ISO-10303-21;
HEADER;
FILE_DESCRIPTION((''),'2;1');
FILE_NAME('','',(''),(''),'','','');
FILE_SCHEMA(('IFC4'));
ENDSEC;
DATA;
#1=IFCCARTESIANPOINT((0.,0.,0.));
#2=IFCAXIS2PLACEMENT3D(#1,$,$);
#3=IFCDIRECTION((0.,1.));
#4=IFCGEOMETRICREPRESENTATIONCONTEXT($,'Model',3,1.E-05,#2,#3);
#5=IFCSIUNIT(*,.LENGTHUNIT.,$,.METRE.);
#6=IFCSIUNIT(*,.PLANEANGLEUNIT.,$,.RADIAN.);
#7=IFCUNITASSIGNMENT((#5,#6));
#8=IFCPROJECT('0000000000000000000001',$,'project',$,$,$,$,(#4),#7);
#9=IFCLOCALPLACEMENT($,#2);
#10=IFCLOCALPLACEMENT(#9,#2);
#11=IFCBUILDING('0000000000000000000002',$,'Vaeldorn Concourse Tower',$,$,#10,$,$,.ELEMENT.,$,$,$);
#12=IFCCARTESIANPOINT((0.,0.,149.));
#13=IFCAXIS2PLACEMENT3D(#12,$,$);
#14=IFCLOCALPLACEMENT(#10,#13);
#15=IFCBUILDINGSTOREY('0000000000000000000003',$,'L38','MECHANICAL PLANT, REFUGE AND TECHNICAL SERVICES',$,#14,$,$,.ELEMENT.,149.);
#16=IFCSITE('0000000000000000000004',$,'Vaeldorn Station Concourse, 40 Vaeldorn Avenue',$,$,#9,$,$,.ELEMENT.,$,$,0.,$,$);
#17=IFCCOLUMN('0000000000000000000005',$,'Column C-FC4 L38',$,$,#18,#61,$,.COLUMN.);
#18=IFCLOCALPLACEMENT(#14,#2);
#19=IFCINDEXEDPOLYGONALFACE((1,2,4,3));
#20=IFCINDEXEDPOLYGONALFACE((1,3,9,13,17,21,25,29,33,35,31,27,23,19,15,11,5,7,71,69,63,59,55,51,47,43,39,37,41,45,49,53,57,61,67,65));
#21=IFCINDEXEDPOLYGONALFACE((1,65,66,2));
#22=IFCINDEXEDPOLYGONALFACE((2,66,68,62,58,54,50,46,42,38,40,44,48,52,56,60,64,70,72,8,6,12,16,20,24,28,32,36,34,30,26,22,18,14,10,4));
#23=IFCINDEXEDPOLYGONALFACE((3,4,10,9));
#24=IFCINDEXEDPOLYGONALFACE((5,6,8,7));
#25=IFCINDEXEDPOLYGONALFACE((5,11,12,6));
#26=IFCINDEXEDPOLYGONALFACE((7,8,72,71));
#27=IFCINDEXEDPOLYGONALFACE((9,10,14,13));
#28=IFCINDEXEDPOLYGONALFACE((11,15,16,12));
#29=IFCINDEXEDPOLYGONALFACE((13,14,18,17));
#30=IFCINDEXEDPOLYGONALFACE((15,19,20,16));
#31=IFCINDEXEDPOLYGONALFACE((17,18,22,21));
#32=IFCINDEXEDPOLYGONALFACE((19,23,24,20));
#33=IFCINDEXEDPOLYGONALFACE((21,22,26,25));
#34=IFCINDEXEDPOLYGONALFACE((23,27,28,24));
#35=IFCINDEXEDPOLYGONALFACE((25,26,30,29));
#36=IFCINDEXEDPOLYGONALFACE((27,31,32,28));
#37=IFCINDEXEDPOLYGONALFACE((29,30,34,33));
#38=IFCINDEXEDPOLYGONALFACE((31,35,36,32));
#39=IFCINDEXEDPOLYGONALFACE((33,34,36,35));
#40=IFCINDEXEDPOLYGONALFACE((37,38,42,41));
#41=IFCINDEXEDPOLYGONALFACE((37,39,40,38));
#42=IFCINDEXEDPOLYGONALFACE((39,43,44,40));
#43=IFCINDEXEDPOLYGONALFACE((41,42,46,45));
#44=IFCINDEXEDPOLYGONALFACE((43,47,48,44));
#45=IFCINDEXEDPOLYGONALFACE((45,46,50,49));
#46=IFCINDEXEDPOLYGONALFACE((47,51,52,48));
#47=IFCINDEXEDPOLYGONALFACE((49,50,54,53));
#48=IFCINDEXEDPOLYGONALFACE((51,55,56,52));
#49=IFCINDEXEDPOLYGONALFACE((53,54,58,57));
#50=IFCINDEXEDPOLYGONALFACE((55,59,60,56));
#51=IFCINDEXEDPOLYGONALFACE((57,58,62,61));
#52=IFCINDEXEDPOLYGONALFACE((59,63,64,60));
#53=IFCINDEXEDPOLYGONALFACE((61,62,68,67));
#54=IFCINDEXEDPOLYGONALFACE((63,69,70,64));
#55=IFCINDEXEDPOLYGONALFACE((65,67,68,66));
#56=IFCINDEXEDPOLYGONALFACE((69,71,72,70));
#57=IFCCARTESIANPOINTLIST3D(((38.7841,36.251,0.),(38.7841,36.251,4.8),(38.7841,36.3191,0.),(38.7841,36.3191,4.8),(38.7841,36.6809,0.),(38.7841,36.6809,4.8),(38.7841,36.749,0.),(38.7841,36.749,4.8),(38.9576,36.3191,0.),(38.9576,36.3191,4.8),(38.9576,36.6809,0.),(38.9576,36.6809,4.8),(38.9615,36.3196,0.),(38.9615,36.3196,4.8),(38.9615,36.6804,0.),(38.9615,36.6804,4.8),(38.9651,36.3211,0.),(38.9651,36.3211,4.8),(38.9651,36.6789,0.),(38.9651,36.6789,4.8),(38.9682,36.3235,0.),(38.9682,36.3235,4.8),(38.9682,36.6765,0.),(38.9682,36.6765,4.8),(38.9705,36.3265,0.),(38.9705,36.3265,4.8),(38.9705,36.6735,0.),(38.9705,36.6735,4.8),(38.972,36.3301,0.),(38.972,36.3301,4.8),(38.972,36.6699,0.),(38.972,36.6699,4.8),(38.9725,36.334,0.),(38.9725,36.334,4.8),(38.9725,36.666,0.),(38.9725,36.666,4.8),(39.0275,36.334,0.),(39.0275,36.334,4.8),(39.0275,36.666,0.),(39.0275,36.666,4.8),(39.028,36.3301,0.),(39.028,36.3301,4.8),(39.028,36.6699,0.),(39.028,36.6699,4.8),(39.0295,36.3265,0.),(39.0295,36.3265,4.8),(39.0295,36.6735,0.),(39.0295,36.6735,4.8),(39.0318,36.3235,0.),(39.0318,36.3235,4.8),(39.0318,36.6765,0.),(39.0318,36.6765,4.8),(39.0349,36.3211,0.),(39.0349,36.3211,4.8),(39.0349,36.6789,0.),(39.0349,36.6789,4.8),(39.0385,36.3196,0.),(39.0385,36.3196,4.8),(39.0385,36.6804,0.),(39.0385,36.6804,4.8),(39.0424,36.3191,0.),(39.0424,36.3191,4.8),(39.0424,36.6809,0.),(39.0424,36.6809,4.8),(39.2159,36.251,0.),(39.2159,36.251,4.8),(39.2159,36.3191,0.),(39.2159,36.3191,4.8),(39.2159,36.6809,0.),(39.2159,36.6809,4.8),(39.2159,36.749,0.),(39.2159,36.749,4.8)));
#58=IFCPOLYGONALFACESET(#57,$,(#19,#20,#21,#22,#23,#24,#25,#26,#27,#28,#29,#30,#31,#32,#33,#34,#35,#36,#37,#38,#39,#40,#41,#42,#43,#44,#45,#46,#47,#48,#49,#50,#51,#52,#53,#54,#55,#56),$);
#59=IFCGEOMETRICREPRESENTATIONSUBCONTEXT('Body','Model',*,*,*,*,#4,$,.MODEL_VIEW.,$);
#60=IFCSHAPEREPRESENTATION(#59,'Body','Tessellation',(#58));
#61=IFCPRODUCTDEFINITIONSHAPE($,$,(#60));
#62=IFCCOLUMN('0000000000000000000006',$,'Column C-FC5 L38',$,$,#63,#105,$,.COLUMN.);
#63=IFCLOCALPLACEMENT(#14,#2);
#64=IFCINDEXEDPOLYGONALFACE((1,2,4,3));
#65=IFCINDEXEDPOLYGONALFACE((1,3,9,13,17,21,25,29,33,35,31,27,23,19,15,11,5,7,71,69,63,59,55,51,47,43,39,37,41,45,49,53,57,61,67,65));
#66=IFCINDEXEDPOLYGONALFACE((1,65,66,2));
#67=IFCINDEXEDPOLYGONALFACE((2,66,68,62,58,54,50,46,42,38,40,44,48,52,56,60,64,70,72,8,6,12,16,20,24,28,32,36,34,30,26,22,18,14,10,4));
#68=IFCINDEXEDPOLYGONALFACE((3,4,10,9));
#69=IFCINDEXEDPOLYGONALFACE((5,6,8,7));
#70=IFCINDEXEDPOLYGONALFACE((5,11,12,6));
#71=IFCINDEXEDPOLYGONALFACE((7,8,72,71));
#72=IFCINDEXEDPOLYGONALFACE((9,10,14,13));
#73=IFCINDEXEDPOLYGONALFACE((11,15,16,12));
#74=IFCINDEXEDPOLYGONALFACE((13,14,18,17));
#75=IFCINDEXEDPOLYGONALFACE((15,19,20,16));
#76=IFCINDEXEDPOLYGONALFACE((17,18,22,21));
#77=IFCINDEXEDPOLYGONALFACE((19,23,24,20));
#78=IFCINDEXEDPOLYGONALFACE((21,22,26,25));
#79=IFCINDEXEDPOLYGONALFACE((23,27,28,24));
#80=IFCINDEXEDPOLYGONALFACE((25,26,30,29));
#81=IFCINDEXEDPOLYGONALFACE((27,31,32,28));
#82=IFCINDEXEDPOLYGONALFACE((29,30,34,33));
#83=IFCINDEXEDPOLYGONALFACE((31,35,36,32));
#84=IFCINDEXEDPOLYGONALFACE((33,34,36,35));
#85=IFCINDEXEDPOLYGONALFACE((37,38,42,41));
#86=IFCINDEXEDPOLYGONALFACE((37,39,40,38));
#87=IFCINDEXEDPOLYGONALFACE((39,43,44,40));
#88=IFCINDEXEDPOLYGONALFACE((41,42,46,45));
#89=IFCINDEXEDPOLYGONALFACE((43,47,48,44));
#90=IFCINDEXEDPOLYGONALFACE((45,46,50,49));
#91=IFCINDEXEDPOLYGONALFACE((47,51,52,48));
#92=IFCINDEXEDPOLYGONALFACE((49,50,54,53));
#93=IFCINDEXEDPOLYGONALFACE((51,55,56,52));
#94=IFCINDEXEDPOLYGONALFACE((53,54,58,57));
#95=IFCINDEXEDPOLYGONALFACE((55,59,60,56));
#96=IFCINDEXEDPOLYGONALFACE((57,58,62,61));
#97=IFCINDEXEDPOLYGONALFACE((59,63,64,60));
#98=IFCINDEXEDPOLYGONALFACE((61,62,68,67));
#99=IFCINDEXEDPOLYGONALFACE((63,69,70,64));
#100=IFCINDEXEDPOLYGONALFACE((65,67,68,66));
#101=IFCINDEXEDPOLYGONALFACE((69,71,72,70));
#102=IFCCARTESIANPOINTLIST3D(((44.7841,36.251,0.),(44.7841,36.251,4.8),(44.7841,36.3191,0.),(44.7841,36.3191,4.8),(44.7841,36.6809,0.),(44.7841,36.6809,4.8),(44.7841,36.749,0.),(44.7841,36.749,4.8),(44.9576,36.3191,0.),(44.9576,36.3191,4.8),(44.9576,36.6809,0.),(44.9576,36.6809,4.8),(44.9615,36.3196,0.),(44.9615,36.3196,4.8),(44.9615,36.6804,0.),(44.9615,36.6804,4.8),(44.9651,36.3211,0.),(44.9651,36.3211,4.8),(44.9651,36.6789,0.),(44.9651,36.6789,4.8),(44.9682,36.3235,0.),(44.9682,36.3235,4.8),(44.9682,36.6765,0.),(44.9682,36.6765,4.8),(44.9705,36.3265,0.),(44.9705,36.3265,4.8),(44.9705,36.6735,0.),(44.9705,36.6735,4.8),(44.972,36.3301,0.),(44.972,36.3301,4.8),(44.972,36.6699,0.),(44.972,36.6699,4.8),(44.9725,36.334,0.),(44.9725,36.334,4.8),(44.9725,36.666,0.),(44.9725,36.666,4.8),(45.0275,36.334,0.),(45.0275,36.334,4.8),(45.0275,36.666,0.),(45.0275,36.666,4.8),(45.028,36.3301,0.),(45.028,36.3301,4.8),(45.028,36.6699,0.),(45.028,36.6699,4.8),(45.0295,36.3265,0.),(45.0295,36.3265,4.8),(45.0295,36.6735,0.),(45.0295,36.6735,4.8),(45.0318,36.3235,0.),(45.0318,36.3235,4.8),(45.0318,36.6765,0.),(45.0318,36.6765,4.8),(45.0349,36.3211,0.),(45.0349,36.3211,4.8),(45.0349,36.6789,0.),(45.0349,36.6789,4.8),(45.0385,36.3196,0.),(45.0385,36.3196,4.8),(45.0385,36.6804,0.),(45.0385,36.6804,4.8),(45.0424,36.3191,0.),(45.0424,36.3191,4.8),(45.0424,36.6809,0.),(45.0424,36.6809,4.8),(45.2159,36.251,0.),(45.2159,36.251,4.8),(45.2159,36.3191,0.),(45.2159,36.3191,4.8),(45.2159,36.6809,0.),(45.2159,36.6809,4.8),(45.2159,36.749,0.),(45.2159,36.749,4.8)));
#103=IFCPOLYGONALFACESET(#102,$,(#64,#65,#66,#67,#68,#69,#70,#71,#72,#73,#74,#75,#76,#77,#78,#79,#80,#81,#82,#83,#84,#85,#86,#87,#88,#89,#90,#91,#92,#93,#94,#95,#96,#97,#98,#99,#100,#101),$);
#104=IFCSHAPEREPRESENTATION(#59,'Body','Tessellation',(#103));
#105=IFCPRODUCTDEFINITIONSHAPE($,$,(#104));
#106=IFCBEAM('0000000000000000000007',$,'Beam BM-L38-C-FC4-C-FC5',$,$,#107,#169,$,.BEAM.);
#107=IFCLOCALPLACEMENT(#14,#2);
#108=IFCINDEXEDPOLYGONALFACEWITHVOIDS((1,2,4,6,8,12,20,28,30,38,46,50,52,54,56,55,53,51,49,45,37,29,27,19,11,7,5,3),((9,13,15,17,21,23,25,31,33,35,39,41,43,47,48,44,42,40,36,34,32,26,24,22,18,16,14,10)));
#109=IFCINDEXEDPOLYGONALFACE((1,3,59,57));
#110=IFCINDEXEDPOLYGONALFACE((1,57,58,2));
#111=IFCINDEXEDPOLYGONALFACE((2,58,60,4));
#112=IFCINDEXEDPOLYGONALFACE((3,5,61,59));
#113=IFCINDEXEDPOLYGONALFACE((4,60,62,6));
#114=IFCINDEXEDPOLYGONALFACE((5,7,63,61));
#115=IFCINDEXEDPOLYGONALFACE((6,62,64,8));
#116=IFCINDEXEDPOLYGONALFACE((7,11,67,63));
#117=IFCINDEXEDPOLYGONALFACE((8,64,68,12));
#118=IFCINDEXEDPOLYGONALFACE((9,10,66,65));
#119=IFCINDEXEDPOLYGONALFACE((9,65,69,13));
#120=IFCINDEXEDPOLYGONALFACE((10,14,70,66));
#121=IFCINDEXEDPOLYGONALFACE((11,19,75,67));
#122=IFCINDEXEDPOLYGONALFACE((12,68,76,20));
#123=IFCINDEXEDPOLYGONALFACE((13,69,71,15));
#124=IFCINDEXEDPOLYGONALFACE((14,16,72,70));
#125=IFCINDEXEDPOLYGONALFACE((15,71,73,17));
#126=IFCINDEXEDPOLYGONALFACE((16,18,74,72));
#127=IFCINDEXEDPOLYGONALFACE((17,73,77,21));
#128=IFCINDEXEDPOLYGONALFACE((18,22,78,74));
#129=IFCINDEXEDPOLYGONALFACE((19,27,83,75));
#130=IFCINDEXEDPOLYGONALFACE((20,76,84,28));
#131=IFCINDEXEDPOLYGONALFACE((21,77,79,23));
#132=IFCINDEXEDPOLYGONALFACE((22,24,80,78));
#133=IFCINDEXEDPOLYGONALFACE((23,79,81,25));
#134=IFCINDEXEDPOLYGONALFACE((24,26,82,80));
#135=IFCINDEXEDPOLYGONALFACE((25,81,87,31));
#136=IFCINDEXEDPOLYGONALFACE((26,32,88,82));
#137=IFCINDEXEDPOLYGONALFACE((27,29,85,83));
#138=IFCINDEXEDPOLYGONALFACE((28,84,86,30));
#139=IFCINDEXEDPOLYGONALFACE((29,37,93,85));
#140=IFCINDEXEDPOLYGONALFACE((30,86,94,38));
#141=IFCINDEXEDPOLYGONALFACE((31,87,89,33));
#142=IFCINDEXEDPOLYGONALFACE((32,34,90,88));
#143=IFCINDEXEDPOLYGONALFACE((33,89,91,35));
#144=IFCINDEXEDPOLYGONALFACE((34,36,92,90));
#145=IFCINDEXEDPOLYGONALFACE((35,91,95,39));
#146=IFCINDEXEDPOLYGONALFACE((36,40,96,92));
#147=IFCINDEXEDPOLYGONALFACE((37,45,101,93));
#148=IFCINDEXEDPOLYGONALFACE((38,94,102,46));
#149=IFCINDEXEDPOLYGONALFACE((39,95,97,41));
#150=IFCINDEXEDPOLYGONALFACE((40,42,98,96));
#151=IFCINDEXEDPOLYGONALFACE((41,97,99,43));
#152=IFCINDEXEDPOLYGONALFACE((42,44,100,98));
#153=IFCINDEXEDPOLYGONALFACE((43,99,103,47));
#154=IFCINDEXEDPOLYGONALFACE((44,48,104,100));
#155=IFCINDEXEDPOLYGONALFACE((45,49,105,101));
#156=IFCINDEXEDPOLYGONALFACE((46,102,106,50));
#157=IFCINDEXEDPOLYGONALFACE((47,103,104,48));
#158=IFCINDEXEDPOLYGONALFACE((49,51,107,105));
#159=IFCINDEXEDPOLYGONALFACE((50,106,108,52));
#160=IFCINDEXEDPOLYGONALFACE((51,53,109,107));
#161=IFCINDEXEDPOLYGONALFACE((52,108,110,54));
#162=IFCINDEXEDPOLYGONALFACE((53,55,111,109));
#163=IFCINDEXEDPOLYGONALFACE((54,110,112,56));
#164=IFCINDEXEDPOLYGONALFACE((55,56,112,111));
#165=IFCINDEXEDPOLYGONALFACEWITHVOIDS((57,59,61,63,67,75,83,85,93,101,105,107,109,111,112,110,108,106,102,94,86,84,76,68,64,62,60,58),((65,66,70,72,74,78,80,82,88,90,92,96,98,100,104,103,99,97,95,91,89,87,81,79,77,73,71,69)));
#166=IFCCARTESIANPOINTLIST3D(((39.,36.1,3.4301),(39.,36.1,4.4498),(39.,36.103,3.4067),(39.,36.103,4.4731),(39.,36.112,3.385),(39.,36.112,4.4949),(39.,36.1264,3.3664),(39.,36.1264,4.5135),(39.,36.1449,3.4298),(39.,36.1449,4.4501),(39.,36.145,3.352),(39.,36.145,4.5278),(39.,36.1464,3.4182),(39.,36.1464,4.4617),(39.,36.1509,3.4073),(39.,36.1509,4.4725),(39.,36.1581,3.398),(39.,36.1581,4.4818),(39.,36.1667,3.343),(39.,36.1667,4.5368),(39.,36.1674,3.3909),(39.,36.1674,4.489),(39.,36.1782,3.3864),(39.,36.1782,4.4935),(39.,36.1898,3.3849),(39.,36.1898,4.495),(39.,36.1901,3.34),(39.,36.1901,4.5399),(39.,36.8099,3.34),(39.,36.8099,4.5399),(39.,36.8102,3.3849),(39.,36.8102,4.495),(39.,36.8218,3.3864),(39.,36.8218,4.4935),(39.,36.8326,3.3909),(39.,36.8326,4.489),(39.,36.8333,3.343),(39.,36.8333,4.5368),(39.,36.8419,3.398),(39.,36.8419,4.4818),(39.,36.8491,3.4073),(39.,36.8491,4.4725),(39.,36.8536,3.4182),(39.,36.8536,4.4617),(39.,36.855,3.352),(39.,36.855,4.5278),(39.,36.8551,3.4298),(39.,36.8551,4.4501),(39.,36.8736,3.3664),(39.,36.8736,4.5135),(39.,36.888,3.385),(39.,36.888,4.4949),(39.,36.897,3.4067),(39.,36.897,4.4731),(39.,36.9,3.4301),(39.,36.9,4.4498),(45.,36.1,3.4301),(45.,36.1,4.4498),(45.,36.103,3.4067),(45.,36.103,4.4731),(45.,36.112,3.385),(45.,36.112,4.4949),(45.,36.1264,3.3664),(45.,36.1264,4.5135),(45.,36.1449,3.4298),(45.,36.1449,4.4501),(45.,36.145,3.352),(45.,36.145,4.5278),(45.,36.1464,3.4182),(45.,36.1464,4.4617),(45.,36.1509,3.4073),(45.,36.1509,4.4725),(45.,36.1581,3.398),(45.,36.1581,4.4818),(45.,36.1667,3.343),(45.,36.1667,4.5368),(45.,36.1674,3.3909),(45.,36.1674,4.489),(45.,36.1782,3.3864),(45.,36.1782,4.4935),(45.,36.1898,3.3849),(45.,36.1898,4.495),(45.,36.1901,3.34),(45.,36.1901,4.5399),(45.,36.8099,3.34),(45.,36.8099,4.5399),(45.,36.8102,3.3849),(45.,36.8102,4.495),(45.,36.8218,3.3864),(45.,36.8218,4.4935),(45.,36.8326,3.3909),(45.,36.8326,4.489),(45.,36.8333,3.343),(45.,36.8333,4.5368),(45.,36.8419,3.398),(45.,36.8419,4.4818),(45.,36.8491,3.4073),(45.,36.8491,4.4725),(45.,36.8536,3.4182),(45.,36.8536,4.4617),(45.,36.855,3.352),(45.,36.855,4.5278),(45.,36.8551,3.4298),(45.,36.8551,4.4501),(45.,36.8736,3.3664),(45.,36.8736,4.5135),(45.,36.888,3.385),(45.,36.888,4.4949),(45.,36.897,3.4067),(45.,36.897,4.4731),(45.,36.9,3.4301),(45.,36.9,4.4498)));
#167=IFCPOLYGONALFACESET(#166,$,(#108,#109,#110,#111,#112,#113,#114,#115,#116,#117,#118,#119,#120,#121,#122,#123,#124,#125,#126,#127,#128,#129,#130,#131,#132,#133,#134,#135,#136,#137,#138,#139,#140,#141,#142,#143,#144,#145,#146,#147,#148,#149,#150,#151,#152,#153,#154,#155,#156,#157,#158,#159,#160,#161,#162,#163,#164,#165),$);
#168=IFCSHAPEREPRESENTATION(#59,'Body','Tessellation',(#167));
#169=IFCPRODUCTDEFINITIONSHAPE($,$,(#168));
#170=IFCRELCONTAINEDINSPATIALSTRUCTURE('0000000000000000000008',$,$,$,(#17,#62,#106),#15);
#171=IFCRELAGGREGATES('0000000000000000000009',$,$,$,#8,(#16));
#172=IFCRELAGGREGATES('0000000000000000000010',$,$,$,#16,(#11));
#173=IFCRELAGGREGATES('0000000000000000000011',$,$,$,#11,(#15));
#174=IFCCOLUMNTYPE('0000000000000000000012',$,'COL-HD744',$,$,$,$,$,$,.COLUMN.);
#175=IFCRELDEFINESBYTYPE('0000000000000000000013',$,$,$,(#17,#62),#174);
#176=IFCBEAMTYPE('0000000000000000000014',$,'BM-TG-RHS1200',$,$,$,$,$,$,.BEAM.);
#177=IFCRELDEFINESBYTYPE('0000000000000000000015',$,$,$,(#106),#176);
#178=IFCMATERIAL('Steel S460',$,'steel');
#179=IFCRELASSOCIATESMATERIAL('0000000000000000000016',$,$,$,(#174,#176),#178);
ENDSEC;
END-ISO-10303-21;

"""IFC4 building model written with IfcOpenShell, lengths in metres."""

from ifc_helpers import new_model, si_unit, direction, frame, origin, origin_2d, place, context, subcontext, project, spatial, hollow_rectangle, i_section, extrude, source, transform, mapped, material, material_profile, profile_set, type_object, element, save


model = new_model("IFC4")

# Units and contexts
model_context = context("Model", 3, precision=1e-05, world=origin(), true_north=direction((0.0, 1.0)))
body_context = subcontext(model_context, "Body", "Model", "MODEL_VIEW")
ifc_project = project(units=[si_unit("LENGTHUNIT", "METRE"), si_unit("PLANEANGLEUNIT", "RADIAN")], contexts=[model_context])

# Site, building, storey
site_placement = place(None, origin())
site = spatial("IfcSite", under=ifc_project, at=site_placement, Name="Vaeldorn Station Concourse, 40 Vaeldorn Avenue", CompositionType="ELEMENT", RefElevation=0.0)
building_placement = place(site_placement, origin())
building = spatial("IfcBuilding", under=site, at=building_placement, Name="Vaeldorn Concourse Tower", CompositionType="ELEMENT")
storey_placement = place(building_placement, frame((0.0, 0.0, 149.0)))
storey = spatial("IfcBuildingStorey", under=building, at=storey_placement, Name="L38", Description="MECHANICAL PLANT, REFUGE AND TECHNICAL SERVICES", CompositionType="ELEMENT", Elevation=149.0)

# Columns
ifc_material_1 = material(Name="Steel S460", Category="steel")
ifc_material_profile_1 = material_profile(ifc_material_1, i_section(OverallWidth=0.4319, OverallDepth=0.498, WebThickness=0.0549, FlangeThickness=0.0681, FilletRadius=0.0149, at=origin_2d()), Name="HD 400x744")
ifc_profile_set_1 = profile_set([ifc_material_profile_1], Name="Steel S460")
column_type = type_object("IfcColumnType", Name="COL-HD744", PredefinedType="COLUMN", material=ifc_profile_set_1)
shared_shape_1 = source(origin(), body_context, "Body", "SweptSolid", [
    extrude(i_section(OverallWidth=0.4319, OverallDepth=0.498, WebThickness=0.0549, FlangeThickness=0.0681, FilletRadius=0.0149, at=origin_2d()), origin(), (0.0, 0.0, 1.0), 4.8),
])
for number, where, z_axis, x_axis, name in (
    (1, (39.0, 36.5, 0.0), (0.0, 0.0, 1.0), (1.0, 0.0, 0.0), "Column C-FC4 L38"),
    (2, (45.0, 36.5, 0.0), (0.0, 0.0, 1.0), (1.0, 0.0, 0.0), "Column C-FC5 L38"),
):
    element("IfcColumn", number, at=place(storey_placement, frame(where, z_axis=z_axis, x_axis=x_axis)), inside=storey, type_object=column_type, Name=name, PredefinedType="COLUMN", context=body_context, shape_type="MappedRepresentation", body=[
        mapped(shared_shape_1, transform((0.0, 0.0, 0.0), scale=1.0)),
    ])

# Beam
ifc_material_profile_2 = material_profile(ifc_material_1, hollow_rectangle(XDim=0.8, YDim=1.2, WallThickness=0.0449, InnerFilletRadius=0.0449, OuterFilletRadius=0.0901, at=origin_2d()), Name="RHS 1200x800x45")
ifc_profile_set_2 = profile_set([ifc_material_profile_2], Name="Steel S460")
beam_type_1 = type_object("IfcBeamType", Name="BM-TG-RHS1200", PredefinedType="BEAM", material=ifc_profile_set_2)
shared_shape_2 = source(origin(), body_context, "Body", "SweptSolid", [
    extrude(hollow_rectangle(XDim=0.8, YDim=1.2, WallThickness=0.0449, InnerFilletRadius=0.0449, OuterFilletRadius=0.0901, at=origin_2d()), origin(), (0.0, 0.0, 1.0), 6.0),
])
beam_1_placement = place(storey_placement, frame((39.0, 36.5, 3.9399), z_axis=(1.0, 0.0, 0.0), x_axis=(0.0, 1.0, 0.0)))
element("IfcBeam", 3, at=beam_1_placement, inside=storey, type_object=beam_type_1, Name="Beam BM-L38-C-FC4-C-FC5", PredefinedType="BEAM", context=body_context, shape_type="MappedRepresentation", body=[
    mapped(shared_shape_2, transform((0.0, 0.0, 0.0), scale=1.0)),
])

save(model, "model.ifc")
